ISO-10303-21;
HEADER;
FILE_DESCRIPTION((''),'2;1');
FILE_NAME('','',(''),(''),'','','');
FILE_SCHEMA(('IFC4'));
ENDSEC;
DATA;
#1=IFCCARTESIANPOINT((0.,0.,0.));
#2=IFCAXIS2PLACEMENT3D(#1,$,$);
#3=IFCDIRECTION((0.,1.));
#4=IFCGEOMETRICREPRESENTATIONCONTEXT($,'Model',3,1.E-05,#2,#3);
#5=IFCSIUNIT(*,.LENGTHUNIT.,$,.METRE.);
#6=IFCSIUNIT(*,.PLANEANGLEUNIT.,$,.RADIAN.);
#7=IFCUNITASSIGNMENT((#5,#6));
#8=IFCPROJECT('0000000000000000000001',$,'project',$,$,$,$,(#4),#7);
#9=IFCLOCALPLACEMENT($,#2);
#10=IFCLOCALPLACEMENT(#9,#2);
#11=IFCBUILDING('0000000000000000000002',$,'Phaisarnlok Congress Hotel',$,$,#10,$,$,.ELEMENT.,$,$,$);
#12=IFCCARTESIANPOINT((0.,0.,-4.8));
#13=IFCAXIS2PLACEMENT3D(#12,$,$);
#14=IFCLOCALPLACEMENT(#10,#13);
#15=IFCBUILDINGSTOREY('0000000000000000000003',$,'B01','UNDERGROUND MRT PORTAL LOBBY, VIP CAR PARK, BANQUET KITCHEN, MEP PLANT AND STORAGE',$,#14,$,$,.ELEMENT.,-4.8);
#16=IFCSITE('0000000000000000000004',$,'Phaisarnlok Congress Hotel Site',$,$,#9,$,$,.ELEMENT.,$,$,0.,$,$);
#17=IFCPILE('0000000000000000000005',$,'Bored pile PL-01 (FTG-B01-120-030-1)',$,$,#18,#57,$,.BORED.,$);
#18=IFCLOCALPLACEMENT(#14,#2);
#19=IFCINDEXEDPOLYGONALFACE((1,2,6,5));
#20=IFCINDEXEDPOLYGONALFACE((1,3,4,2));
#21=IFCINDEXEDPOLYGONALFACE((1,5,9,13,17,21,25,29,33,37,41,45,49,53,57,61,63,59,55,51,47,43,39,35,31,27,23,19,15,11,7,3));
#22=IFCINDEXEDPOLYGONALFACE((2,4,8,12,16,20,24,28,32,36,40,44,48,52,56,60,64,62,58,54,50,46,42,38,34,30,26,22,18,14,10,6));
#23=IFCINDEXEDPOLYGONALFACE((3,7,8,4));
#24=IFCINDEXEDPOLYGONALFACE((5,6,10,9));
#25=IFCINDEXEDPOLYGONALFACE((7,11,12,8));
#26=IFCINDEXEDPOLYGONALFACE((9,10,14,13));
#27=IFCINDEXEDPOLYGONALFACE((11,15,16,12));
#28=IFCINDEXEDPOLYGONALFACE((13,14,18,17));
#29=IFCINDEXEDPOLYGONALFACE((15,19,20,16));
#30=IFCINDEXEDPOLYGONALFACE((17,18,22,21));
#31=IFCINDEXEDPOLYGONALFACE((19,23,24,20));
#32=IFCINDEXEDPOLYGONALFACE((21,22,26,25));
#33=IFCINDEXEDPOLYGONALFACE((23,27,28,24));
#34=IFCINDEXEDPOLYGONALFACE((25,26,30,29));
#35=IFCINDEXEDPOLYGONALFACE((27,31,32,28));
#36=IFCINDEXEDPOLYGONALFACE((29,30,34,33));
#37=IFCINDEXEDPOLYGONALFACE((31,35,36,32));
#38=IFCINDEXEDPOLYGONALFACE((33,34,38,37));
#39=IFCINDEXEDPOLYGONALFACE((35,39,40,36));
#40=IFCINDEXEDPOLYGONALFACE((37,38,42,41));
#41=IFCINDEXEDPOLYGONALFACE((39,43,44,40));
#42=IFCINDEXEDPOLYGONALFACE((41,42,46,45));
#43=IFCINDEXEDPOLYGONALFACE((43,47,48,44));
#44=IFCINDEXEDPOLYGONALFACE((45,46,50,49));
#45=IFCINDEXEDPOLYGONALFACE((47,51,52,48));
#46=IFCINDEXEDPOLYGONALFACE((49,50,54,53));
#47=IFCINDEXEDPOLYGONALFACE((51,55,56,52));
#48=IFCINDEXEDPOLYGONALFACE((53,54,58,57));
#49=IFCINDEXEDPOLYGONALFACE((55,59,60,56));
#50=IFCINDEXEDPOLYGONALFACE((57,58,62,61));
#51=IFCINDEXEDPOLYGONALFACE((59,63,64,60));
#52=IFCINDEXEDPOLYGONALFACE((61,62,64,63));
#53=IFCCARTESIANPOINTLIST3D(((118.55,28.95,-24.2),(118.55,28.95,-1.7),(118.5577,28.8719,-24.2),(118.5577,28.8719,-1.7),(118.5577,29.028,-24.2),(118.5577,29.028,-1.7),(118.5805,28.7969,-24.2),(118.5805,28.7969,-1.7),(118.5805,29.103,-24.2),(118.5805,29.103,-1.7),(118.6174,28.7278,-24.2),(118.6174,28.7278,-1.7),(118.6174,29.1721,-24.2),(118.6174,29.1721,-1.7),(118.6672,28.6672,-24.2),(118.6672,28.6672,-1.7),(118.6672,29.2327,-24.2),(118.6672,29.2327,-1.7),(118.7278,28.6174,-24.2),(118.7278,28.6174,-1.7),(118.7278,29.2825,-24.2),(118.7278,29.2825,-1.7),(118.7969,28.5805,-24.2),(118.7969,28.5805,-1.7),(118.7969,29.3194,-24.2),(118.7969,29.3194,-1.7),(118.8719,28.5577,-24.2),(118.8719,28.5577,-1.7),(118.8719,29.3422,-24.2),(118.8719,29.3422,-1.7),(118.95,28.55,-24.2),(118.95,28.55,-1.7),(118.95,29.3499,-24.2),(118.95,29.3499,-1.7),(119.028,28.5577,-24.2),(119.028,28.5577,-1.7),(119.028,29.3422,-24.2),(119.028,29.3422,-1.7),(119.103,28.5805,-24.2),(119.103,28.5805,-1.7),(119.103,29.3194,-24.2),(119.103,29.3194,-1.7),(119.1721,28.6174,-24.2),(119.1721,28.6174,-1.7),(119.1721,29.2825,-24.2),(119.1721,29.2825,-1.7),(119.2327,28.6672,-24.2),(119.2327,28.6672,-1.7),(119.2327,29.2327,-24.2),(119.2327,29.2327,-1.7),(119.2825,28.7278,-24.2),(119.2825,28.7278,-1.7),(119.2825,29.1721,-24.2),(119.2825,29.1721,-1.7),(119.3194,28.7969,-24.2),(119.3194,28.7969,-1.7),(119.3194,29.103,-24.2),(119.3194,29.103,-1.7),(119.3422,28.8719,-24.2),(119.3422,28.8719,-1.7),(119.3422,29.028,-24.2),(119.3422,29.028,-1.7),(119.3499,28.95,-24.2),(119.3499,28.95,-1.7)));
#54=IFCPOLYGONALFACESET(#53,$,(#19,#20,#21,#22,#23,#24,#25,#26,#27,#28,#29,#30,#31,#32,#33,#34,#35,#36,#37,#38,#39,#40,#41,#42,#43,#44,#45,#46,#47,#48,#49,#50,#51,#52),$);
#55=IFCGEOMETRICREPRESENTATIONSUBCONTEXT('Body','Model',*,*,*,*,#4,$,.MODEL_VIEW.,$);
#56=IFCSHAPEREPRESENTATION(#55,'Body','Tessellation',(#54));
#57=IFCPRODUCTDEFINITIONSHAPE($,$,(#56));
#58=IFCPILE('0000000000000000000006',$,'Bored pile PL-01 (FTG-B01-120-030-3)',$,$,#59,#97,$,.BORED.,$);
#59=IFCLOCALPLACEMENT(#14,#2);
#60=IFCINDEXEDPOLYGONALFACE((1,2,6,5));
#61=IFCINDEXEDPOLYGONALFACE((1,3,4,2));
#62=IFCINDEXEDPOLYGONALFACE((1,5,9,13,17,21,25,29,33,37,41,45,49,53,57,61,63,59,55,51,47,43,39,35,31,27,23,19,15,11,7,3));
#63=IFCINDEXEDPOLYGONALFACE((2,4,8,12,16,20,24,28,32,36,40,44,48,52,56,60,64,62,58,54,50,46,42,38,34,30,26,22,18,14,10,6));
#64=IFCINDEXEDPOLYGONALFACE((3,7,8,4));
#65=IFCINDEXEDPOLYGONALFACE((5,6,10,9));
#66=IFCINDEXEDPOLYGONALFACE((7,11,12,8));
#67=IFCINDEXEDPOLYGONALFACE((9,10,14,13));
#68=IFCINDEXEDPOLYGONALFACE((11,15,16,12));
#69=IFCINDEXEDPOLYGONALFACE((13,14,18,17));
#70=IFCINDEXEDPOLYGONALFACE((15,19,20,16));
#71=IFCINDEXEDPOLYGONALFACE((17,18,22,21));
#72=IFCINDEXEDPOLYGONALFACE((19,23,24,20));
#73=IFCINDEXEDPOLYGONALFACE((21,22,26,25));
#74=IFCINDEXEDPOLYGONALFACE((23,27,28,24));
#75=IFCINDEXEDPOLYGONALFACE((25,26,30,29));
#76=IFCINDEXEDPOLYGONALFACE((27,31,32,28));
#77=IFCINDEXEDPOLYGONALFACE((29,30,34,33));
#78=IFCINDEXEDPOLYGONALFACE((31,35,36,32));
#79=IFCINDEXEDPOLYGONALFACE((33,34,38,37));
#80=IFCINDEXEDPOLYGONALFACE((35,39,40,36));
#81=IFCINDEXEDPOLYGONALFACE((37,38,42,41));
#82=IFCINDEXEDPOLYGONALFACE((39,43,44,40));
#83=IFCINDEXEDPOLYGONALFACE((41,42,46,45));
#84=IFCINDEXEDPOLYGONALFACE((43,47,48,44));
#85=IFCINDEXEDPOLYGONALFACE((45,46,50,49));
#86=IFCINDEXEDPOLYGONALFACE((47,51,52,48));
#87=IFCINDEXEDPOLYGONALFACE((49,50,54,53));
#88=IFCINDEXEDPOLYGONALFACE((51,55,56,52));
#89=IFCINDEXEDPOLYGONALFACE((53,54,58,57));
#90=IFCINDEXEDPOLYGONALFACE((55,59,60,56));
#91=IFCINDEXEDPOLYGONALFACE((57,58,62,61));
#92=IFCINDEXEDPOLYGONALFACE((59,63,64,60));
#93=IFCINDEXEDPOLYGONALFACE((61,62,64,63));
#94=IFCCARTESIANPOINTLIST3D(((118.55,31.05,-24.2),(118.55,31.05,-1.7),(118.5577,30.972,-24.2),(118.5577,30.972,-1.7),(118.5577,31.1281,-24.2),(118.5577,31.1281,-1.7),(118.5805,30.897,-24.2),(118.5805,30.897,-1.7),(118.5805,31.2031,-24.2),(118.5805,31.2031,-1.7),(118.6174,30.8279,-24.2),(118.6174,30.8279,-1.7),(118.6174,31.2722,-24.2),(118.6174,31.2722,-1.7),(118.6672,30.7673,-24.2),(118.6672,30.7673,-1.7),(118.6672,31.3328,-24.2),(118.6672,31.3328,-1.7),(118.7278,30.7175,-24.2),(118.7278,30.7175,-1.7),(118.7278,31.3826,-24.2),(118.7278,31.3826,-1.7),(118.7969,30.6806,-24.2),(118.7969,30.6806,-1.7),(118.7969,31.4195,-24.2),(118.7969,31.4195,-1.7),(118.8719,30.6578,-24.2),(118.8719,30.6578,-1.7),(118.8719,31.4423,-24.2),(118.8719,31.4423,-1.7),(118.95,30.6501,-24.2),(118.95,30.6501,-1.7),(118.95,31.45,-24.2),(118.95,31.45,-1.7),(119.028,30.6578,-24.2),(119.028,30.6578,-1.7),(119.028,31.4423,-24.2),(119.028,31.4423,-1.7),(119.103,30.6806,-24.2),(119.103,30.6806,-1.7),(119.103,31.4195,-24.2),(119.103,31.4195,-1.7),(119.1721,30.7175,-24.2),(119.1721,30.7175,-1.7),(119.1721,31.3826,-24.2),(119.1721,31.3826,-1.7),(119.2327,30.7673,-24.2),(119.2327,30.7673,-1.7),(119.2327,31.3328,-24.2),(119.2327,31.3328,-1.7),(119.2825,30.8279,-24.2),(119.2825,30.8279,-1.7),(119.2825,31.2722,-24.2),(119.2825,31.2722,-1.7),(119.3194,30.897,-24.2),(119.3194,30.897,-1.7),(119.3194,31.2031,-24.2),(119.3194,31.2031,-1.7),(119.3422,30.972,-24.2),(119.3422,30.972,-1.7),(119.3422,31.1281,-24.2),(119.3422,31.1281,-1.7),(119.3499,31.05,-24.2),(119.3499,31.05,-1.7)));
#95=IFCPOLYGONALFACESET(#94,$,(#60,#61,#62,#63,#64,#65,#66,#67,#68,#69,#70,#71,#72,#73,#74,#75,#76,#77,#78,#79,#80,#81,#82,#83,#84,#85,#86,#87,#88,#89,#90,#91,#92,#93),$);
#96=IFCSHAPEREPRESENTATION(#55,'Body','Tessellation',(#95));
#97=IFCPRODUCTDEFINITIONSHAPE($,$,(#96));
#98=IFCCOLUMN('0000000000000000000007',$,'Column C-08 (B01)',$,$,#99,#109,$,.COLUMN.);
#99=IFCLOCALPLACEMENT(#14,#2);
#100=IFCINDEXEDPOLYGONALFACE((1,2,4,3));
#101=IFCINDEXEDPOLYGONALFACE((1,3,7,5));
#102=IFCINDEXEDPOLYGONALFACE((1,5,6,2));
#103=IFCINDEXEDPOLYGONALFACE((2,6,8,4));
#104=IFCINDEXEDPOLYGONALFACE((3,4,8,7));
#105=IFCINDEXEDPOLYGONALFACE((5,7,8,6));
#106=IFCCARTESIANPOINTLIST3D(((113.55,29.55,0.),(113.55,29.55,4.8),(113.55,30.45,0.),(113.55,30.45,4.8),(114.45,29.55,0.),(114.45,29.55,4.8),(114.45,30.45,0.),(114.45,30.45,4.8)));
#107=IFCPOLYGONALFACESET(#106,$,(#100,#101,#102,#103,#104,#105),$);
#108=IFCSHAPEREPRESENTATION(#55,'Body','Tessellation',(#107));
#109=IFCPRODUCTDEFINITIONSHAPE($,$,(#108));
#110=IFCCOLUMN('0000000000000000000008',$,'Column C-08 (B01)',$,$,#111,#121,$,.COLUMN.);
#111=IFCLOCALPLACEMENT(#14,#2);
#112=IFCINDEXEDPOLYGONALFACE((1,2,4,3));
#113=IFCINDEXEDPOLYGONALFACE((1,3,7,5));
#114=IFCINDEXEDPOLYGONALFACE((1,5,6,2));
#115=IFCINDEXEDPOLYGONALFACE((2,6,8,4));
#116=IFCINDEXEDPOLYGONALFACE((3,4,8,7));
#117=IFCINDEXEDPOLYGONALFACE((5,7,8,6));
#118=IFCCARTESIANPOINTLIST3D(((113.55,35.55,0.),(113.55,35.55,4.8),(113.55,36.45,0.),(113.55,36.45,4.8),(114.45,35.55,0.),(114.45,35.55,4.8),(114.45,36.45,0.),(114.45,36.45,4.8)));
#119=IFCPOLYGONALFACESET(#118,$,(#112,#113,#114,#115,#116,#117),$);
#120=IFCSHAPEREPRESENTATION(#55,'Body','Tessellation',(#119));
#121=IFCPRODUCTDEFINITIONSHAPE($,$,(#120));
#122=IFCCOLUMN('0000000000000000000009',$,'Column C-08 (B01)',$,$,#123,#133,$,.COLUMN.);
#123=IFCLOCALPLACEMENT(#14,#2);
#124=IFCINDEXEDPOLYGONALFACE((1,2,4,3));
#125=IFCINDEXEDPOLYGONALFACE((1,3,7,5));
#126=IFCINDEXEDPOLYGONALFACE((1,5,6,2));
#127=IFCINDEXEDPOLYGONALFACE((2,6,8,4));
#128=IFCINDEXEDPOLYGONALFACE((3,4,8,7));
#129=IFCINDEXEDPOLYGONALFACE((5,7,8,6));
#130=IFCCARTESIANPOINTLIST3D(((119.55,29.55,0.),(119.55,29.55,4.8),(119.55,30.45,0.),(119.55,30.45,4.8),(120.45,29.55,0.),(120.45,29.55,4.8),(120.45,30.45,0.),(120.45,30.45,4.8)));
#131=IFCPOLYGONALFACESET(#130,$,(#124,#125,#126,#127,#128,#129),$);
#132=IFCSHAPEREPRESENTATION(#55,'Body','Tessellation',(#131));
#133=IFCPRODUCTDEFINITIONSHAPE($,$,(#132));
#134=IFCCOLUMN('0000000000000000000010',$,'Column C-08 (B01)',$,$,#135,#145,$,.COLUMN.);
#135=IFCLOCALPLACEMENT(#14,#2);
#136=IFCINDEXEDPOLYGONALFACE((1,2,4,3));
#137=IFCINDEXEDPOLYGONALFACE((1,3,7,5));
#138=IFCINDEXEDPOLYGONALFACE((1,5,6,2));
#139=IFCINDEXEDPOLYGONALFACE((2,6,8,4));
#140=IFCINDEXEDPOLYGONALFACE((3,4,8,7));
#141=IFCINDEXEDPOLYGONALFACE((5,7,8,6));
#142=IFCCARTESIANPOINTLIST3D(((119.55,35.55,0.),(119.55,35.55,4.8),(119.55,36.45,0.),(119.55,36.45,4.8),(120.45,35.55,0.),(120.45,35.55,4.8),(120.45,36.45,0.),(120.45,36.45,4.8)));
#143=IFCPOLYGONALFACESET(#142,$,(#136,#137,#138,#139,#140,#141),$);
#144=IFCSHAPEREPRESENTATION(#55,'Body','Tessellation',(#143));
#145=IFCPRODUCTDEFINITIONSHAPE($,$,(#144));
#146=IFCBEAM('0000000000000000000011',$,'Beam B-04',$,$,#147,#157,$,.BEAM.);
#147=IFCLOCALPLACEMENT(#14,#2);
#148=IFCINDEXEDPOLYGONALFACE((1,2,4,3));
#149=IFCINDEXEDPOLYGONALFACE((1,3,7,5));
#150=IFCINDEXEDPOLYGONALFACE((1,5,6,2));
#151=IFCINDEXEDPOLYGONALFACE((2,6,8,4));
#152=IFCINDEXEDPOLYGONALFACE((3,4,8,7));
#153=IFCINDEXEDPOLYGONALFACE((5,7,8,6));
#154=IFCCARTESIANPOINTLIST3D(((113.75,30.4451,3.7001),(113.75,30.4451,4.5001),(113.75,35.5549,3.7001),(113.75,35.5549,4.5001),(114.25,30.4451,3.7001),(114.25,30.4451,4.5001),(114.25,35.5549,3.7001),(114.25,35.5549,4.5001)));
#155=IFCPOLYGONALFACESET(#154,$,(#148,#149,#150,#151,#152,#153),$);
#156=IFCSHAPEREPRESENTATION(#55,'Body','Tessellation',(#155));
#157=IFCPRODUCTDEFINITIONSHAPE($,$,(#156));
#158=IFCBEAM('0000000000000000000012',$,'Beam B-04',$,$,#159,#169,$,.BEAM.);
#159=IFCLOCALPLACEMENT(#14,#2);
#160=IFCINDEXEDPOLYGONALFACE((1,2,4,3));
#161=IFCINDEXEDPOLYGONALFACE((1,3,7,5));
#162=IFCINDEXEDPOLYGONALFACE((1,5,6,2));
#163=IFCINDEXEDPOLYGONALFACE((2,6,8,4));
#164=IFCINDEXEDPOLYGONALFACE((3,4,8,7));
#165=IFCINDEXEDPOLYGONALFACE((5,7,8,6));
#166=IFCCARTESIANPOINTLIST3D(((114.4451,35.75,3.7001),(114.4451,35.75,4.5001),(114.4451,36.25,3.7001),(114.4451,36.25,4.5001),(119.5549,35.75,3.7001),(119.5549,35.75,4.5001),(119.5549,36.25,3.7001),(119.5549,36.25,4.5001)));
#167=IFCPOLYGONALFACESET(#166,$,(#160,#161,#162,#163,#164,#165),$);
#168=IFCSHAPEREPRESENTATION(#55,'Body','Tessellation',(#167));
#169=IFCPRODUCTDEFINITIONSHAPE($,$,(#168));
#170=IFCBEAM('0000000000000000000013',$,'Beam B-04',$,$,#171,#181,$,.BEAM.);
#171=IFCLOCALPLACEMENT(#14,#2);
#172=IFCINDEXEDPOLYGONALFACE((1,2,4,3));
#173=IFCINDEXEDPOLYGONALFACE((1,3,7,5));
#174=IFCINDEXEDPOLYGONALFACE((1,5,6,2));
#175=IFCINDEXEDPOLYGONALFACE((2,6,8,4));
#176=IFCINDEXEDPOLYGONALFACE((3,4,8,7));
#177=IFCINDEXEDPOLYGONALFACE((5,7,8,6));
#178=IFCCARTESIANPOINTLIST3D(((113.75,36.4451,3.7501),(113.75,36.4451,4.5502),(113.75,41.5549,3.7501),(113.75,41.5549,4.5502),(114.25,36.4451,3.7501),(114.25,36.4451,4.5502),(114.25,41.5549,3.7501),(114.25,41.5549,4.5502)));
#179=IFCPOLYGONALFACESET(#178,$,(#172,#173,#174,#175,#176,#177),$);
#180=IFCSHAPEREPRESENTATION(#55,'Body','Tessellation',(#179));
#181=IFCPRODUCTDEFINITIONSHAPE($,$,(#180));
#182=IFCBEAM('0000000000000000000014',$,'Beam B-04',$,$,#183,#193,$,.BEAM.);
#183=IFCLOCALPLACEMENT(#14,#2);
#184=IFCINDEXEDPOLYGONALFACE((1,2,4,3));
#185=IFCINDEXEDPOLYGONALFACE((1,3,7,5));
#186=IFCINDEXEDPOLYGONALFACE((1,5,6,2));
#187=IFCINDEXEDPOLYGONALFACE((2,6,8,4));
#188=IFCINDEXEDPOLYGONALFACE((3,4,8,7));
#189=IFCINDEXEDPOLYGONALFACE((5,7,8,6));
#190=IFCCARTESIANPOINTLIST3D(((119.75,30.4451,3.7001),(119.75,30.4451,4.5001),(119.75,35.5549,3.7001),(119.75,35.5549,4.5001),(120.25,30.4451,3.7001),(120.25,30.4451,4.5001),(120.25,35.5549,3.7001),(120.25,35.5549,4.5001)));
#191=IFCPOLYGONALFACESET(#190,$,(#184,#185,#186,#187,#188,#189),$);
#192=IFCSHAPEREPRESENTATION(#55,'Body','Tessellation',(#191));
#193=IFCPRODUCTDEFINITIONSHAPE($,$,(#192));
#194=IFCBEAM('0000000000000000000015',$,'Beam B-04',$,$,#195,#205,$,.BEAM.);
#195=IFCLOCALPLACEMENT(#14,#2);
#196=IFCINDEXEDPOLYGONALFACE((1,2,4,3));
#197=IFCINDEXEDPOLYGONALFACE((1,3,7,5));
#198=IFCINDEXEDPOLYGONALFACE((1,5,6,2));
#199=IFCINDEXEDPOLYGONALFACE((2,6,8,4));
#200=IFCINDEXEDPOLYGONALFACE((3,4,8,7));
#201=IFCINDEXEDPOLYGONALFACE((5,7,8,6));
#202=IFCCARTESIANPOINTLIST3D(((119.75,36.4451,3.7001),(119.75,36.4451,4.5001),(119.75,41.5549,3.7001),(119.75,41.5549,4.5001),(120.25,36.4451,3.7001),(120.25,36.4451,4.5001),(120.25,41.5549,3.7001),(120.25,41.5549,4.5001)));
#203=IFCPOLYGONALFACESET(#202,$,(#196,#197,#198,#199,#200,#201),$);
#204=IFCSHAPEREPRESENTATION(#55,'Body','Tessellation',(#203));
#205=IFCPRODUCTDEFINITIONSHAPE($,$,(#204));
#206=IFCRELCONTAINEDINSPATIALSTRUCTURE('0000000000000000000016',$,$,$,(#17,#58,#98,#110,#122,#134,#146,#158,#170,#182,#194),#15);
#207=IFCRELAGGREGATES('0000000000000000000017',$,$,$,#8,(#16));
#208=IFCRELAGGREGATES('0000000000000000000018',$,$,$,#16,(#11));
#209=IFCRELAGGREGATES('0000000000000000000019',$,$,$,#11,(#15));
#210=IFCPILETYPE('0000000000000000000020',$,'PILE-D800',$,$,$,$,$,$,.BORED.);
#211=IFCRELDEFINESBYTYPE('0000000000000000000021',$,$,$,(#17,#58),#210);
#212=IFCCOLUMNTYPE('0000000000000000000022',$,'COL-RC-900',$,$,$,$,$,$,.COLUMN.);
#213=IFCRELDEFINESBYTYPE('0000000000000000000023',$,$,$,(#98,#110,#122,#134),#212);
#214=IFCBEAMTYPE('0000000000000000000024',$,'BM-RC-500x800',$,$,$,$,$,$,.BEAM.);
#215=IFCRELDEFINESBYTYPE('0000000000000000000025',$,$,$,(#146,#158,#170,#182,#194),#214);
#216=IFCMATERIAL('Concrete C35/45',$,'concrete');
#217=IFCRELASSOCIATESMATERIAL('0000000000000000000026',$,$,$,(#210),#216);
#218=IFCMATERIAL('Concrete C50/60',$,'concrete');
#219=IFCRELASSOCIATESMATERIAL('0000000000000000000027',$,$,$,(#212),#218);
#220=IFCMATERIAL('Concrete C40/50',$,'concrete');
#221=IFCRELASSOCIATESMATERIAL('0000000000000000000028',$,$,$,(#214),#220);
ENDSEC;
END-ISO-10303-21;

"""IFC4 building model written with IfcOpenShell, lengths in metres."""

from ifc_helpers import new_model, si_unit, direction, frame, origin, origin_2d, place, context, subcontext, project, spatial, rectangle, circle, extrude, material, material_profile, profile_set, type_object, element, save


model = new_model("IFC4")

# Units and contexts
model_context = context("Model", 3, precision=1e-05, world=origin(), true_north=direction((0.0, 1.0)))
body_context = subcontext(model_context, "Body", "Model", "MODEL_VIEW")
ifc_project = project(units=[si_unit("LENGTHUNIT", "METRE"), si_unit("PLANEANGLEUNIT", "RADIAN")], contexts=[model_context])

# Site, building, storey
site_placement = place(None, origin())
site = spatial("IfcSite", under=ifc_project, at=site_placement, Name="Phaisarnlok Congress Hotel Site", CompositionType="ELEMENT", RefElevation=0.0)
building_placement = place(site_placement, origin())
building = spatial("IfcBuilding", under=site, at=building_placement, Name="Phaisarnlok Congress Hotel", CompositionType="ELEMENT")
storey_placement = place(building_placement, frame((0.0, 0.0, -4.8)))
storey = spatial("IfcBuildingStorey", under=building, at=storey_placement, Name="B01", Description="UNDERGROUND MRT PORTAL LOBBY, VIP CAR PARK, BANQUET KITCHEN, MEP PLANT AND STORAGE", CompositionType="ELEMENT", Elevation=-4.8)

# Shared definitions
ifc_material_1 = material(Name="Concrete C40/50", Category="concrete")

# Piles
ifc_material_2 = material(Name="Concrete C35/45", Category="concrete")
ifc_material_profile_1 = material_profile(ifc_material_2, circle(Radius=0.3999, at=origin_2d()), Name="BORED PILE D800")
ifc_profile_set_1 = profile_set([ifc_material_profile_1], Name="Concrete C35/45")
pile_type_1 = type_object("IfcPileType", Name="PILE-D800", PredefinedType="BORED", material=ifc_profile_set_1)
for number, where, z_axis, x_axis, name in (
    (1, (118.95, 28.95, -1.7), (0.0, 0.0, -1.0), (1.0, 0.0, 0.0), "Bored pile PL-01 (FTG-B01-120-030-1)"),
    (2, (118.95, 31.05, -1.7), (0.0, 0.0, -1.0), (1.0, 0.0, 0.0), "Bored pile PL-01 (FTG-B01-120-030-3)"),
):
    element("IfcPile", number, at=place(storey_placement, frame(where, z_axis=z_axis, x_axis=x_axis)), inside=storey, type_object=pile_type_1, Name=name, PredefinedType="BORED", context=body_context, shape_type="SweptSolid", body=[
        extrude(circle(Radius=0.3999, at=origin_2d()), origin(), (0.0, 0.0, 1.0), 22.5),
    ])

# Columns
ifc_material_3 = material(Name="Concrete C50/60", Category="concrete")
ifc_material_profile_2 = material_profile(ifc_material_3, rectangle(XDim=0.8999, YDim=0.8999, at=origin_2d()), Name="RC 900x900")
ifc_profile_set_2 = profile_set([ifc_material_profile_2], Name="Concrete C50/60")
column_type = type_object("IfcColumnType", Name="COL-RC-900", PredefinedType="COLUMN", material=ifc_profile_set_2)
for number, where, z_axis, x_axis, name in (
    (3, (114.0, 30.0, 0.0), (0.0, 0.0, 1.0), (1.0, 0.0, 0.0), "Column C-08 (B01)"),
    (4, (114.0, 36.0, 0.0), (0.0, 0.0, 1.0), (1.0, 0.0, 0.0), "Column C-08 (B01)"),
    (5, (120.0, 30.0, 0.0), (0.0, 0.0, 1.0), (1.0, 0.0, 0.0), "Column C-08 (B01)"),
    (6, (120.0, 36.0, 0.0), (0.0, 0.0, 1.0), (1.0, 0.0, 0.0), "Column C-08 (B01)"),
):
    element("IfcColumn", number, at=place(storey_placement, frame(where, z_axis=z_axis, x_axis=x_axis)), inside=storey, type_object=column_type, Name=name, PredefinedType="COLUMN", context=body_context, shape_type="SweptSolid", body=[
        extrude(rectangle(XDim=0.8999, YDim=0.8999, at=origin_2d()), origin(), (0.0, 0.0, 1.0), 4.8),
    ])

# Beams
ifc_material_profile_3 = material_profile(ifc_material_1, rectangle(XDim=0.5, YDim=0.8, at=origin_2d()), Name="RC 500x800")
ifc_profile_set_3 = profile_set([ifc_material_profile_3], Name="Concrete C40/50")
beam_type_1 = type_object("IfcBeamType", Name="BM-RC-500x800", PredefinedType="BEAM", material=ifc_profile_set_3)
for number, where, z_axis, x_axis, name in (
    (7, (114.0, 30.4451, 4.1001), (0.0, 1.0, 0.0), (-1.0, 0.0, 0.0), "Beam B-04"),
    (8, (114.4451, 36.0, 4.1001), (1.0, 0.0, 0.0), (0.0, 1.0, 0.0), "Beam B-04"),
    (9, (114.0, 36.4451, 4.1501), (0.0, 1.0, 0.0), (-1.0, 0.0, 0.0), "Beam B-04"),
    (10, (120.0, 30.4451, 4.1001), (0.0, 1.0, 0.0), (-1.0, 0.0, 0.0), "Beam B-04"),
    (11, (120.0, 36.4451, 4.1001), (0.0, 1.0, 0.0), (-1.0, 0.0, 0.0), "Beam B-04"),
):
    element("IfcBeam", number, at=place(storey_placement, frame(where, z_axis=z_axis, x_axis=x_axis)), inside=storey, type_object=beam_type_1, Name=name, PredefinedType="BEAM", context=body_context, shape_type="SweptSolid", body=[
        extrude(rectangle(XDim=0.5, YDim=0.8, at=origin_2d()), origin(), (0.0, 0.0, 1.0), 5.1099),
    ])

save(model, "model.ifc")
